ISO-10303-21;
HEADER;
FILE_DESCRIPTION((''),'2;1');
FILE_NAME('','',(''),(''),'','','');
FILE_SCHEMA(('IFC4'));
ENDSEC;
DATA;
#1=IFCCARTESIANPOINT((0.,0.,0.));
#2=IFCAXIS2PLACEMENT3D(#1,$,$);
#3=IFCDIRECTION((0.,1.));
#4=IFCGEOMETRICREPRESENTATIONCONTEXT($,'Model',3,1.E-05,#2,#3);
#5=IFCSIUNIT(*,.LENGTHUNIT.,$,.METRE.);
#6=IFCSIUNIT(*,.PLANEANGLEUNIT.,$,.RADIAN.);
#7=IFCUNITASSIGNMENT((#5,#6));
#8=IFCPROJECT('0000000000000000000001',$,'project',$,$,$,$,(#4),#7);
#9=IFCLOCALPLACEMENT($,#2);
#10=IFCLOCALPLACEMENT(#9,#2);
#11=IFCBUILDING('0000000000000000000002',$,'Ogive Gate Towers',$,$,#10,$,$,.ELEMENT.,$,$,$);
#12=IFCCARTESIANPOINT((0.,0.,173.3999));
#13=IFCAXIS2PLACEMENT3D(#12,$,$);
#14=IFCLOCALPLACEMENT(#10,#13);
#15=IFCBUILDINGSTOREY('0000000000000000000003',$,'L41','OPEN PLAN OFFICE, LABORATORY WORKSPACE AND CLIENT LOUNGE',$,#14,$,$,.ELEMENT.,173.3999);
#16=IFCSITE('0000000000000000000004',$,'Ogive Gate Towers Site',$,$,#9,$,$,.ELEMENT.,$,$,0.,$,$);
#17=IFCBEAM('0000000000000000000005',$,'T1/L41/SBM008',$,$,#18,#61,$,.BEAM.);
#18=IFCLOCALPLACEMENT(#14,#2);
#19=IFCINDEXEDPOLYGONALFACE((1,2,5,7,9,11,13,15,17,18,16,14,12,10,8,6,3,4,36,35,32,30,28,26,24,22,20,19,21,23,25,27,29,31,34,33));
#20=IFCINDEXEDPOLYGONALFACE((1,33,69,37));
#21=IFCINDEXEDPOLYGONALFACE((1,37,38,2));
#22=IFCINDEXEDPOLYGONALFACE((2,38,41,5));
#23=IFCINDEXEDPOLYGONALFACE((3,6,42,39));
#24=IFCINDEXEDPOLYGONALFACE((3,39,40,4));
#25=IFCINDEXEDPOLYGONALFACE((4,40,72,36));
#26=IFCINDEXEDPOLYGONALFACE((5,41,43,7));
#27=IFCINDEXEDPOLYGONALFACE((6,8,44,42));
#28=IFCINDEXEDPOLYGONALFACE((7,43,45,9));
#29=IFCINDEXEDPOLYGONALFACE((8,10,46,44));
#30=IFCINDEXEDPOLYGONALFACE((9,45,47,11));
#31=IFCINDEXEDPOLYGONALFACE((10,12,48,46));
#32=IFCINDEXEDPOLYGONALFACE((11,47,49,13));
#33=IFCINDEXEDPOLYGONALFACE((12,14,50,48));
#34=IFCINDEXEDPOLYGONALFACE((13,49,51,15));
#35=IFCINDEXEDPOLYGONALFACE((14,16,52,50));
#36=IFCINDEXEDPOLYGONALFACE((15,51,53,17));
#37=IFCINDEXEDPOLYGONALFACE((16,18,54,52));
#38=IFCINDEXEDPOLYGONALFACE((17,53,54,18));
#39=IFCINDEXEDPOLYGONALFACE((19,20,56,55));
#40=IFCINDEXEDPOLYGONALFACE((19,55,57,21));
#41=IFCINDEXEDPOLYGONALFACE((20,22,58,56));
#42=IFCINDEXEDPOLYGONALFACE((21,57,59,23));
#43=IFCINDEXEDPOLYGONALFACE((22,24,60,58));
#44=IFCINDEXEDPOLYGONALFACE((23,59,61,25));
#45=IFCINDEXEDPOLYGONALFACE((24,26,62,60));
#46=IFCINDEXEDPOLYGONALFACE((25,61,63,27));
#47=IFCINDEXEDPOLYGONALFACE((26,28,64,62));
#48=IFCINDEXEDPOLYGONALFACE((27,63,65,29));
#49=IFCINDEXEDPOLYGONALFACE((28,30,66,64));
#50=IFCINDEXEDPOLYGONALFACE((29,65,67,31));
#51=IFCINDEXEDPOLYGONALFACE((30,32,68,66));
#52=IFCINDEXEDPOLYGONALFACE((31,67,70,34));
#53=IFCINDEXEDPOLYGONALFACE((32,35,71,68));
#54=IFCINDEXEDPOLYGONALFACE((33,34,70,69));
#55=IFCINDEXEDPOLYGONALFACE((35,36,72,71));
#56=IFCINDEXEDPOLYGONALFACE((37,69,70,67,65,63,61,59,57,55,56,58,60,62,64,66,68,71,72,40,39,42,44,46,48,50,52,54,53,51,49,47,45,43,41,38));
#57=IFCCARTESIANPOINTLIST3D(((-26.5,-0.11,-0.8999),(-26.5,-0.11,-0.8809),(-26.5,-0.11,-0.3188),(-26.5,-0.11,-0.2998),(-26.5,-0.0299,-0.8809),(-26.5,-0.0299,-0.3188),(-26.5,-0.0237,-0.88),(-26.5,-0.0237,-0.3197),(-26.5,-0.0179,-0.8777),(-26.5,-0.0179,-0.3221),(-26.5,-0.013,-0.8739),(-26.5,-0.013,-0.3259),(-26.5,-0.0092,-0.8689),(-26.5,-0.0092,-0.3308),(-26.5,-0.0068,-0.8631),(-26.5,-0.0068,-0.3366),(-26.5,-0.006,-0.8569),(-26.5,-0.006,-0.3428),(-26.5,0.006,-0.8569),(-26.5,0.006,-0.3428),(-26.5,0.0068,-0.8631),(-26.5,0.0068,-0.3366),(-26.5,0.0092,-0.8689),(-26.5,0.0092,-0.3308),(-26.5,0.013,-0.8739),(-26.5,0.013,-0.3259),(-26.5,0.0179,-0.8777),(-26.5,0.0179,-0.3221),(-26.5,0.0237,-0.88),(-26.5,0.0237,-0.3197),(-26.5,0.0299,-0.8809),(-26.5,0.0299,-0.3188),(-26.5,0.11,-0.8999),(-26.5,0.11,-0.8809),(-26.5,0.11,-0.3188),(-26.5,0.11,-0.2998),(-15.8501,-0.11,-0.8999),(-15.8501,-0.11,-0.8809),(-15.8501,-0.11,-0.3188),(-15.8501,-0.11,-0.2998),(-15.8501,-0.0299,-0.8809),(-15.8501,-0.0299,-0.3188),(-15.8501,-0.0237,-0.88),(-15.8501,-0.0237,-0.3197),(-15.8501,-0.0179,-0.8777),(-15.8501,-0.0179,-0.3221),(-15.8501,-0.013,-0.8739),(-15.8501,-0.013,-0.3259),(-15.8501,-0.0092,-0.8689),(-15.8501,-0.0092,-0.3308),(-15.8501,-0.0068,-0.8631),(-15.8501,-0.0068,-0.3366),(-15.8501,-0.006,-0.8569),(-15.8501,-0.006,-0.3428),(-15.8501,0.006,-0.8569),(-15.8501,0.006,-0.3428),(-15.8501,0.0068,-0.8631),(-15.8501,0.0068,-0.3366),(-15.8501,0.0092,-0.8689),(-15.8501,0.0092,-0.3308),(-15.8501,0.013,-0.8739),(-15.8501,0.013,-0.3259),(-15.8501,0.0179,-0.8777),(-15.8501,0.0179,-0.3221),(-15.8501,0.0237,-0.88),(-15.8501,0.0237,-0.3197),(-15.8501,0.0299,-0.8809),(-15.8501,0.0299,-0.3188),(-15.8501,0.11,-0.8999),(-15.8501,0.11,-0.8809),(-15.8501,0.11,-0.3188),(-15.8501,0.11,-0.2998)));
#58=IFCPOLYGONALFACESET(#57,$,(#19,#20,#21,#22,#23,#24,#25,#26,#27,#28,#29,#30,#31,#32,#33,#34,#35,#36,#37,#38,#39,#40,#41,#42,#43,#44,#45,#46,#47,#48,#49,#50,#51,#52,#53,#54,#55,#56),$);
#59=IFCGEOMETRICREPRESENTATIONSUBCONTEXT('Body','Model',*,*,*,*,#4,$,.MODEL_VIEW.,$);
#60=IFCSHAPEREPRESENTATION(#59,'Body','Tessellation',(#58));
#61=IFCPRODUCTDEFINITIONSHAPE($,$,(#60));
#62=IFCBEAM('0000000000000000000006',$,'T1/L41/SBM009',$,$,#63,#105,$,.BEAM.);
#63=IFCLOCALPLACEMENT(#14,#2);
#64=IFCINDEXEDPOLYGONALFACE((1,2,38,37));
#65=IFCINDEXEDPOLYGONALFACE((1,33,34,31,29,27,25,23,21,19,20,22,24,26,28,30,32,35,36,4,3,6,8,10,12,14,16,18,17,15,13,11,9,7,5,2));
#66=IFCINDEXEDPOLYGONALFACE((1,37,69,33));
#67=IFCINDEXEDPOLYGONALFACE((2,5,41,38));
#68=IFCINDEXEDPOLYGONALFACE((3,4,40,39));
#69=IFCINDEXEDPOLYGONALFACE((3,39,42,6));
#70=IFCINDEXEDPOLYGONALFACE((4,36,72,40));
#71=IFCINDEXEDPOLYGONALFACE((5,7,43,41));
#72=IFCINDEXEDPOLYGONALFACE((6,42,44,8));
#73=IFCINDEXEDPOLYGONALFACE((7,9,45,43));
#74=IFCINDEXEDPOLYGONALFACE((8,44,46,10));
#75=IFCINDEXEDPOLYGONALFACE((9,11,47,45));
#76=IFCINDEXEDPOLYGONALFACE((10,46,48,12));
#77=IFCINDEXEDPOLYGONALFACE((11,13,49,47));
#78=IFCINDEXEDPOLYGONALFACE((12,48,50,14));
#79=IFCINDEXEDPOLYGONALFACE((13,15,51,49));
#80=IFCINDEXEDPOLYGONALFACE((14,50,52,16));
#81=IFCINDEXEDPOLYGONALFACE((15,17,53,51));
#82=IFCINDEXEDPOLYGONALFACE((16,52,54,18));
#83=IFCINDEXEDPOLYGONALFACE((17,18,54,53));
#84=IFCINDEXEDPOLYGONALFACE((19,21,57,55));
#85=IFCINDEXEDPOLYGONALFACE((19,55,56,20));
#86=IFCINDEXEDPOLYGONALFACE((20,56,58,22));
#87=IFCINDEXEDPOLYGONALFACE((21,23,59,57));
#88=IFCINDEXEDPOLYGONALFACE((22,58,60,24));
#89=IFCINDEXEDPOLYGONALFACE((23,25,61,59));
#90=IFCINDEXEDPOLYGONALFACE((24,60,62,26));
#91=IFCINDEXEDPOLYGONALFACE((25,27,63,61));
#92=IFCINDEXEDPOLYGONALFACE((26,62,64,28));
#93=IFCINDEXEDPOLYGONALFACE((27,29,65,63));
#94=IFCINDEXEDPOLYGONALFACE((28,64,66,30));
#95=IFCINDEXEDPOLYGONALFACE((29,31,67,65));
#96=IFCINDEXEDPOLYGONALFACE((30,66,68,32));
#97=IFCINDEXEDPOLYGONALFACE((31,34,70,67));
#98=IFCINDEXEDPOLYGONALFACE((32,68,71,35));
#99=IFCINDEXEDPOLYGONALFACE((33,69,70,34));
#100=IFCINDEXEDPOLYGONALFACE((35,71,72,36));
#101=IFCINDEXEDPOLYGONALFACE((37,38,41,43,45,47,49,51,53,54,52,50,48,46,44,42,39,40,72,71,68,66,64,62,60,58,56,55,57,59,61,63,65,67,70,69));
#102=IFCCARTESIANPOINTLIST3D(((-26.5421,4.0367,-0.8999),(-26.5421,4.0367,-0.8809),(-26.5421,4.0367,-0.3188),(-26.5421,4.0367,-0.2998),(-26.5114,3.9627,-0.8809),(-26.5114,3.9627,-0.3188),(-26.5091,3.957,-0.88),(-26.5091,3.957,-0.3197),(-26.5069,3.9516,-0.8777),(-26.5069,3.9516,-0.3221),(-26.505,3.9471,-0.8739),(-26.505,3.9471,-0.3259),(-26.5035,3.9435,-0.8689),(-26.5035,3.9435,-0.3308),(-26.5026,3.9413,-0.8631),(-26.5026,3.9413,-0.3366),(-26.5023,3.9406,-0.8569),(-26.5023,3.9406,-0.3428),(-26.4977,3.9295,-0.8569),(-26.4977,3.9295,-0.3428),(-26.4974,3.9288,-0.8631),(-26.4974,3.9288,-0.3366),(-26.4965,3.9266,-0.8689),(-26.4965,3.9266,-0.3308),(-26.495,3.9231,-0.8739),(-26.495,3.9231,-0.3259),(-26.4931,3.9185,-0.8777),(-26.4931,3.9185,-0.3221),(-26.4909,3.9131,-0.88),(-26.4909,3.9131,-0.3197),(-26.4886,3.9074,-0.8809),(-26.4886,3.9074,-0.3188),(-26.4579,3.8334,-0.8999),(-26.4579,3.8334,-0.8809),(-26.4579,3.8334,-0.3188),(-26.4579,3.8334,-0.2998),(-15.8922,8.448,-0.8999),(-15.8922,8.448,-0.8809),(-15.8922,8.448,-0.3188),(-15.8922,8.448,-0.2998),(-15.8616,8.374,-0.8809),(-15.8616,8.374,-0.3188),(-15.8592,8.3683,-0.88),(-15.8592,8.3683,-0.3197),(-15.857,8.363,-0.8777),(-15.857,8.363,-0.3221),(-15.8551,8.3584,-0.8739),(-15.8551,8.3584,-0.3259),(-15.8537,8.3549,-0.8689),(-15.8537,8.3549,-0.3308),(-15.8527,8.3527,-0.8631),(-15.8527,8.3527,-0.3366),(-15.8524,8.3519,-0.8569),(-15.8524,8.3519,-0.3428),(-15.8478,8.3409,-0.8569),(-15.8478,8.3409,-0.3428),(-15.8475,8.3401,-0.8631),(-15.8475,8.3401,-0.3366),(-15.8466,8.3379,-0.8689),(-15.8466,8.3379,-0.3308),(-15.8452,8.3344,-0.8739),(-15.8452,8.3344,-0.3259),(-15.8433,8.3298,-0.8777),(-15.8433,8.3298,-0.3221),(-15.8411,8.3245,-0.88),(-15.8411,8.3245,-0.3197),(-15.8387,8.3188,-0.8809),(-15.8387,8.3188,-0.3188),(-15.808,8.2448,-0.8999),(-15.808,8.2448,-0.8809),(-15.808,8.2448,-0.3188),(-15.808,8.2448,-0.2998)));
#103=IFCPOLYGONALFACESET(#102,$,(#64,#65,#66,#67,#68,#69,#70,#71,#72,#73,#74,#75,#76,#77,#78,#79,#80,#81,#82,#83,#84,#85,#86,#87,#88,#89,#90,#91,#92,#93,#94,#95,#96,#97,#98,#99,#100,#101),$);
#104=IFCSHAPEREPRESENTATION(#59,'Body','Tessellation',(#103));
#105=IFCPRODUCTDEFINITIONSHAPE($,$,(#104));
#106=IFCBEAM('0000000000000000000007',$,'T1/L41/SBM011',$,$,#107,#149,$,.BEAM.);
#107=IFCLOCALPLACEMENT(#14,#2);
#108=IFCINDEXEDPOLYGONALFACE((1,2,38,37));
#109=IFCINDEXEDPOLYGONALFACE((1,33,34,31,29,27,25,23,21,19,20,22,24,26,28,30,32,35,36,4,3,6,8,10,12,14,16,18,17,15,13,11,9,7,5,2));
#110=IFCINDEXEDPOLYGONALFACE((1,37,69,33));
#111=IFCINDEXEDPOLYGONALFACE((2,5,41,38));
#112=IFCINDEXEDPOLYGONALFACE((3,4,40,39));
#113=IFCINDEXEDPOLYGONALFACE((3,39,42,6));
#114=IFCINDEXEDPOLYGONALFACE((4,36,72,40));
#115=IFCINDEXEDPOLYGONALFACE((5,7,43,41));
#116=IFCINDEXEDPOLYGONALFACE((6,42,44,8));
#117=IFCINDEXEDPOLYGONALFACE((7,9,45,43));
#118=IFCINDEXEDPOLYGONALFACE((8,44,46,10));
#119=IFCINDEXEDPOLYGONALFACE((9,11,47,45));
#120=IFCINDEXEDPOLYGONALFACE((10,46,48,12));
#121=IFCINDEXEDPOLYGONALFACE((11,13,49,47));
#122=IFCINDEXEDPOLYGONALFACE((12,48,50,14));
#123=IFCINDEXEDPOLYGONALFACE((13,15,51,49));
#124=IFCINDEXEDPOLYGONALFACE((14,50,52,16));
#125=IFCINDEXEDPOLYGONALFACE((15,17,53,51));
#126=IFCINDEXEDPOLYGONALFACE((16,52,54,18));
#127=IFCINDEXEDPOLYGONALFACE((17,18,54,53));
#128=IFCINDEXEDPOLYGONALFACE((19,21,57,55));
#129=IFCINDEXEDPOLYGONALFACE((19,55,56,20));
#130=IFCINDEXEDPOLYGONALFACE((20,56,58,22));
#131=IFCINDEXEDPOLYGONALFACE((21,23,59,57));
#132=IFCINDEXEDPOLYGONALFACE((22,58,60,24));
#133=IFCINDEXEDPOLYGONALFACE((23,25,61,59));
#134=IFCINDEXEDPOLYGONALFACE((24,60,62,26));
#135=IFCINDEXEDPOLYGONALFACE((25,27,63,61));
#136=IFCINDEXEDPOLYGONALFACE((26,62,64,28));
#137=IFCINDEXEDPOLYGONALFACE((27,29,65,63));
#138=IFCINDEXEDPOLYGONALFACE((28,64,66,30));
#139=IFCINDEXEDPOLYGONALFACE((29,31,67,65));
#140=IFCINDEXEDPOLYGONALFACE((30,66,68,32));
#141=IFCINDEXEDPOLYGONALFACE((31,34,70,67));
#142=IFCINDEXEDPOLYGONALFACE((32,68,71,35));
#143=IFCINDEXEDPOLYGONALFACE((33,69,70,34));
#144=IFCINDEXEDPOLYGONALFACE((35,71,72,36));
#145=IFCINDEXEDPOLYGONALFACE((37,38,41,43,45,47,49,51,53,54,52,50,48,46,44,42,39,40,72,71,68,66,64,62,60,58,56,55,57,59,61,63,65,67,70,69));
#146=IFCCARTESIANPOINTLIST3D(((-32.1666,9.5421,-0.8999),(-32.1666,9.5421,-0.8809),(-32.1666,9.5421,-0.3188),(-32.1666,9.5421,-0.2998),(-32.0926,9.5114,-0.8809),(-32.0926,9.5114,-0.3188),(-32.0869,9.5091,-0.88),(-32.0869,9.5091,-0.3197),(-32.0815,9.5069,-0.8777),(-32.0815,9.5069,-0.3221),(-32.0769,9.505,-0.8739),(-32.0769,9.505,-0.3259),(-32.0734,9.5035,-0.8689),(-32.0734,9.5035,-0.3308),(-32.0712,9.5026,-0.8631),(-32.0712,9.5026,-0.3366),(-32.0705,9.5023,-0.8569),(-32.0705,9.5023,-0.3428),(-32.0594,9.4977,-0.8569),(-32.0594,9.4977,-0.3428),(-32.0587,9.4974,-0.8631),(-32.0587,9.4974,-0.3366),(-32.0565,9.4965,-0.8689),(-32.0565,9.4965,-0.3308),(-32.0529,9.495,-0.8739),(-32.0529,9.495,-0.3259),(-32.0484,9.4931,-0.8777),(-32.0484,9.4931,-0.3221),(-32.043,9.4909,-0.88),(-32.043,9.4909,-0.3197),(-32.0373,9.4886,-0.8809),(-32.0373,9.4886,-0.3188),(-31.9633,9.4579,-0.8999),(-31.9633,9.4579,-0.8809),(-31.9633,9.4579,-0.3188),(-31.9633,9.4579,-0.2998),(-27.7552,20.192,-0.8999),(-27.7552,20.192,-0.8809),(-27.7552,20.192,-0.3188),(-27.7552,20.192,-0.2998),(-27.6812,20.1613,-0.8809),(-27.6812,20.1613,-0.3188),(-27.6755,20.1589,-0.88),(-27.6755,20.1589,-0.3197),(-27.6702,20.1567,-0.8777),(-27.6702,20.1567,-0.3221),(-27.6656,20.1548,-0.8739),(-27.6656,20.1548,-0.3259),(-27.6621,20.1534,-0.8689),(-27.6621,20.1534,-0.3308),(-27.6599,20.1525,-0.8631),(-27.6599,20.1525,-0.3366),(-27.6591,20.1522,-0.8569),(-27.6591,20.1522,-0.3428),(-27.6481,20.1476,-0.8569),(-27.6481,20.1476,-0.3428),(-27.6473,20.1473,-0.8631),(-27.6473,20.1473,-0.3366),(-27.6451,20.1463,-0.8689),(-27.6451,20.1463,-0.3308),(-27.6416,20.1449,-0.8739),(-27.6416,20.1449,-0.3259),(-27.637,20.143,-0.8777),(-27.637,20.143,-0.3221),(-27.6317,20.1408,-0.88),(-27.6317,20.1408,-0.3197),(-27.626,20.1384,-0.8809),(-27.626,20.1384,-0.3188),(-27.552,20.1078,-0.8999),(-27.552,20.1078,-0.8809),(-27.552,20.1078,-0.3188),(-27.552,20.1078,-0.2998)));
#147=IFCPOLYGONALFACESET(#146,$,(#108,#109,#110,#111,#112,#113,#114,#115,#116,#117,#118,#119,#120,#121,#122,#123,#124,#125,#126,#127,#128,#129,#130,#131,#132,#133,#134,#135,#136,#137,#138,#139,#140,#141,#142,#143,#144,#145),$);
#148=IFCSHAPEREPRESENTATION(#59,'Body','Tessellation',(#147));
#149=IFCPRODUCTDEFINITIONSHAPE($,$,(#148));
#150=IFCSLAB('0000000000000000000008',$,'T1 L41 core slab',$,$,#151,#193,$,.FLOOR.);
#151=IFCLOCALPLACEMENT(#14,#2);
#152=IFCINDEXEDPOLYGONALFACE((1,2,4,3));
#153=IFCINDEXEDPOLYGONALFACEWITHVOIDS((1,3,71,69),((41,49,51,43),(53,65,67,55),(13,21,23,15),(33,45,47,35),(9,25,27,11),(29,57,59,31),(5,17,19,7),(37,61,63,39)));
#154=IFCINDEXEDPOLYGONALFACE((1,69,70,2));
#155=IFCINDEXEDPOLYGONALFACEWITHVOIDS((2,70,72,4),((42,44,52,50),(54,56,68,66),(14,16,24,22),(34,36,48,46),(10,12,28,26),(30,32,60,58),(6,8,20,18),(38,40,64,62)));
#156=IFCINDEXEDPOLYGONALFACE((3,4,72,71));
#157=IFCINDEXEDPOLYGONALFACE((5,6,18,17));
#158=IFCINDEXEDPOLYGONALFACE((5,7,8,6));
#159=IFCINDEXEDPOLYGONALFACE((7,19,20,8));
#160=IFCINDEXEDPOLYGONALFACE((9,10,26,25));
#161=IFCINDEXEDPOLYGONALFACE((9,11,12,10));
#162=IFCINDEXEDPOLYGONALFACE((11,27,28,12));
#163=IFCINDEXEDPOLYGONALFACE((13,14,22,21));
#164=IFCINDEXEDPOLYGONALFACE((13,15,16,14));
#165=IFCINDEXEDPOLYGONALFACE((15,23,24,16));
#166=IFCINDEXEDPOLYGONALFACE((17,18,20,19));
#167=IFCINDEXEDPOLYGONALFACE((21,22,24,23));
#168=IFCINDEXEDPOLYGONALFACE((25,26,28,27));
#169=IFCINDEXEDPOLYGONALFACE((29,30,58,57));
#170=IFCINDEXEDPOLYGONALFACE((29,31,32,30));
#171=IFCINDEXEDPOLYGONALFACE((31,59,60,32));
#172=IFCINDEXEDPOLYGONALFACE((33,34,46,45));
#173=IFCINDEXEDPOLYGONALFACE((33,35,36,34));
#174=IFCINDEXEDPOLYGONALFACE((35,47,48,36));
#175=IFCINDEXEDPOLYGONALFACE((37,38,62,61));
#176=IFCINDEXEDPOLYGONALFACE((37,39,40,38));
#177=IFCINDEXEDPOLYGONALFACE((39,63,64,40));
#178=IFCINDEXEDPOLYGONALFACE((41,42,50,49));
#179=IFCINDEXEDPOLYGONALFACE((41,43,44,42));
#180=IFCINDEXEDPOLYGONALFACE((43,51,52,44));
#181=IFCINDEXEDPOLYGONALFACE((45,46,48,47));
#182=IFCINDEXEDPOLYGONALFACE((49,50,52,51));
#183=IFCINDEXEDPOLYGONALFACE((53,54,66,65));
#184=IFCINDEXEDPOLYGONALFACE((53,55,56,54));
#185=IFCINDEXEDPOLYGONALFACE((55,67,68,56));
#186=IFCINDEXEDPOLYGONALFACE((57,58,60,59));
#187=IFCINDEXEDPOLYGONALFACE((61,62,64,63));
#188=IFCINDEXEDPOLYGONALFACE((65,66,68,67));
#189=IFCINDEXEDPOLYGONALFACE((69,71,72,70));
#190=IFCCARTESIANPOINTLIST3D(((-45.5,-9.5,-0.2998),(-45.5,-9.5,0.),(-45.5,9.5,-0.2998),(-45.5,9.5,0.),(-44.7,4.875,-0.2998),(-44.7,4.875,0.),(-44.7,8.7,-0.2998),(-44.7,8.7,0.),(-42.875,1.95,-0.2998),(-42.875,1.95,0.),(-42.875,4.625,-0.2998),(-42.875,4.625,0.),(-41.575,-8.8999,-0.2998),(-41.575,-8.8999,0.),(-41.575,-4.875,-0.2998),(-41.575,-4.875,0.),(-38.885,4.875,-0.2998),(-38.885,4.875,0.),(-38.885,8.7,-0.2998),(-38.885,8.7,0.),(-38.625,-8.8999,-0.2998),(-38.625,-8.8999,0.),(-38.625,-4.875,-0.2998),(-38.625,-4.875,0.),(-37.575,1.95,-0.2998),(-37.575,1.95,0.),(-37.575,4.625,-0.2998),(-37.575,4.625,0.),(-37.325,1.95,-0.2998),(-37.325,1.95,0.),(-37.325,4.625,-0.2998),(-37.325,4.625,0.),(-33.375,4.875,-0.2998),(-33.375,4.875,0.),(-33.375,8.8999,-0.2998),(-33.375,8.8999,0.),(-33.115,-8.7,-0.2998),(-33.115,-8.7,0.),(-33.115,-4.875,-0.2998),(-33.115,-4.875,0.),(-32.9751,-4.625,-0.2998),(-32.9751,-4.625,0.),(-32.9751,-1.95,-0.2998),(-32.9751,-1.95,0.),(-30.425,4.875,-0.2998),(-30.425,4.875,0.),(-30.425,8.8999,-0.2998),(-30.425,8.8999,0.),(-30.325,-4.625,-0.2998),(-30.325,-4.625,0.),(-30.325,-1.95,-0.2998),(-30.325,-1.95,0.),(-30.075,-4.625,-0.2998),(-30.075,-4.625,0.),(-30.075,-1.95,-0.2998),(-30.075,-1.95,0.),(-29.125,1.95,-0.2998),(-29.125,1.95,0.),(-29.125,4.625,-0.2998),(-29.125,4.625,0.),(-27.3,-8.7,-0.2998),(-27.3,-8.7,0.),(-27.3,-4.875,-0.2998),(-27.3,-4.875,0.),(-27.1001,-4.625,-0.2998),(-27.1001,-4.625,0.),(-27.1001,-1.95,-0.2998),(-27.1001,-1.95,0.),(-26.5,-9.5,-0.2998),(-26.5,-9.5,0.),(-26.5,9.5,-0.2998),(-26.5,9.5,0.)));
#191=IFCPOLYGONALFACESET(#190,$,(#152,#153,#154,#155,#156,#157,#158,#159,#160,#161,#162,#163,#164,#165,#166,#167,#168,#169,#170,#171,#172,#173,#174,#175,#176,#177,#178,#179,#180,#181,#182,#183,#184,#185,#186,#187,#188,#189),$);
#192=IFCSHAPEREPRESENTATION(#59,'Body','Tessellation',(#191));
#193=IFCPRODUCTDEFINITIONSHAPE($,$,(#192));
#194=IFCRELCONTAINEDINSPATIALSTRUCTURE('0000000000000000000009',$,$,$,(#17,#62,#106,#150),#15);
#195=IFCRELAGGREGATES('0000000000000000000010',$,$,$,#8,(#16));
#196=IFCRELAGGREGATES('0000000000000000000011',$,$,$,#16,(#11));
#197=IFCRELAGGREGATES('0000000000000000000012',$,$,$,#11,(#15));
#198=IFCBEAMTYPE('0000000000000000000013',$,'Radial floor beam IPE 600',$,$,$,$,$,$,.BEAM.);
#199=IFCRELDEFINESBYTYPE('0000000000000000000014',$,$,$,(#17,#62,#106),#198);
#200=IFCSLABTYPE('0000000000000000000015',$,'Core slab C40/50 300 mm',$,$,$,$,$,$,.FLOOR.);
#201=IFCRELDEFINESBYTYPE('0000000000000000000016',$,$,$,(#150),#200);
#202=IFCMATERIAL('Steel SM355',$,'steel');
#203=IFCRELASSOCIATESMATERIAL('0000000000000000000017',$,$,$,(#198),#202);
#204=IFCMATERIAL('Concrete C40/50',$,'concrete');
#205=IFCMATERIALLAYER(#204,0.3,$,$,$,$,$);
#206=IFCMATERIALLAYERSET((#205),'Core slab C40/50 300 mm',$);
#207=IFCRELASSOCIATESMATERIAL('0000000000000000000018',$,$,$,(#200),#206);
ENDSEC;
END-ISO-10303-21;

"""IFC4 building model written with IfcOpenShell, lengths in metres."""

from ifc_helpers import new_model, si_unit, direction, frame, origin, origin_2d, place, context, subcontext, project, spatial, polyline, i_section, outline, extrude, material, layer, layer_set, material_profile, profile_set, type_object, element, save


model = new_model("IFC4")

# Units and contexts
model_context = context("Model", 3, precision=1e-05, world=origin(), true_north=direction((0.0, 1.0)))
body_context = subcontext(model_context, "Body", "Model", "MODEL_VIEW")
ifc_project = project(units=[si_unit("LENGTHUNIT", "METRE"), si_unit("PLANEANGLEUNIT", "RADIAN")], contexts=[model_context])

# Site, building, storey
site_placement = place(None, origin())
site = spatial("IfcSite", under=ifc_project, at=site_placement, Name="Ogive Gate Towers Site", CompositionType="ELEMENT", RefElevation=0.0)
building_placement = place(site_placement, origin())
building = spatial("IfcBuilding", under=site, at=building_placement, Name="Ogive Gate Towers", CompositionType="ELEMENT")
storey_placement = place(building_placement, frame((0.0, 0.0, 173.3999)))
storey = spatial("IfcBuildingStorey", under=building, at=storey_placement, Name="L41", Description="OPEN PLAN OFFICE, LABORATORY WORKSPACE AND CLIENT LOUNGE", CompositionType="ELEMENT", Elevation=173.3999)

# Beams
ifc_material_1 = material(Name="Steel SM355", Category="steel")
ifc_material_profile_1 = material_profile(ifc_material_1, i_section(OverallWidth=0.22, OverallDepth=0.6001, WebThickness=0.012, FlangeThickness=0.019, FilletRadius=0.0239, at=origin_2d()), Name="IPE 600")
ifc_profile_set_1 = profile_set([ifc_material_profile_1], Name="Steel SM355")
beam_type_1 = type_object("IfcBeamType", Name="Radial floor beam IPE 600", PredefinedType="BEAM", material=ifc_profile_set_1)
beam_1_placement = place(storey_placement, frame((-26.5, 0.0, -0.5999), z_axis=(1.0, 0.0, 0.0), x_axis=(0.0, 1.0, 0.0)))
element("IfcBeam", 1, at=beam_1_placement, inside=storey, type_object=beam_type_1, Name="T1/L41/SBM008", PredefinedType="BEAM", context=body_context, shape_type="SweptSolid", body=[
    extrude(i_section(OverallWidth=0.22, OverallDepth=0.6001, WebThickness=0.012, FlangeThickness=0.019, FilletRadius=0.0239, at=origin_2d()), origin(), (0.0, 0.0, 1.0), 10.6499),
])
for number, where, z_axis, x_axis, name in (
    (2, (-26.5, 3.9351, -0.5999), (0.923878, 0.382687, 0.0), (-0.382687, 0.923878, 0.0), "T1/L41/SBM009"),
    (3, (-32.0649, 9.5, -0.5999), (0.382687, 0.923878, 0.0), (-0.923878, 0.382687, 0.0), "T1/L41/SBM011"),
):
    element("IfcBeam", number, at=place(storey_placement, frame(where, z_axis=z_axis, x_axis=x_axis)), inside=storey, type_object=beam_type_1, Name=name, PredefinedType="BEAM", context=body_context, shape_type="SweptSolid", body=[
        extrude(i_section(OverallWidth=0.22, OverallDepth=0.6001, WebThickness=0.012, FlangeThickness=0.019, FilletRadius=0.0239, at=origin_2d()), origin(), (0.0, 0.0, 1.0), 11.5273),
    ])

# Slab
ifc_material_2 = material(Name="Concrete C40/50", Category="concrete")
ifc_layer_1 = layer(ifc_material_2, 0.3)
ifc_layer_set_1 = layer_set([ifc_layer_1], Name="Core slab C40/50 300 mm")
slab_type_1 = type_object("IfcSlabType", Name="Core slab C40/50 300 mm", PredefinedType="FLOOR", material=ifc_layer_set_1)
slab_1_placement = place(storey_placement, frame((0.0, 0.0, -0.2998)))
element("IfcSlab", 4, at=slab_1_placement, inside=storey, type_object=slab_type_1, Name="T1 L41 core slab", PredefinedType="FLOOR", context=body_context, shape_type="SweptSolid", body=[
    extrude(outline(polyline([(-45.5, -9.5), (-45.5, 9.5), (-26.5, 9.5), (-26.5, -9.5), (-45.5, -9.5)]), holes=[polyline([(-42.875, 1.95), (-37.575, 1.95), (-37.575, 4.625), (-42.875, 4.625), (-42.875, 1.95)]), polyline([(-37.325, 4.625), (-37.325, 1.95), (-29.125, 1.95), (-29.125, 4.625), (-37.325, 4.625)]), polyline([(-30.325, -1.95), (-32.9751, -1.95), (-32.9751, -4.625), (-30.325, -4.625), (-30.325, -1.95)]), polyline([(-27.1001, -4.625), (-27.1001, -1.95), (-30.075, -1.95), (-30.075, -4.625), (-27.1001, -4.625)]), polyline([(-33.375, 4.875), (-30.425, 4.875), (-30.425, 8.8999), (-33.375, 8.8999), (-33.375, 4.875)]), polyline([(-41.575, -4.875), (-41.575, -8.8999), (-38.625, -8.8999), (-38.625, -4.875), (-41.575, -4.875)]), polyline([(-44.7, 4.875), (-38.885, 4.875), (-38.885, 8.7), (-44.7, 8.7), (-44.7, 4.875)]), polyline([(-27.3, -8.7), (-27.3, -4.875), (-33.115, -4.875), (-33.115, -8.7), (-27.3, -8.7)])]), origin(), (0.0, 0.0, 1.0), 0.2998),
])

save(model, "model.ifc")
